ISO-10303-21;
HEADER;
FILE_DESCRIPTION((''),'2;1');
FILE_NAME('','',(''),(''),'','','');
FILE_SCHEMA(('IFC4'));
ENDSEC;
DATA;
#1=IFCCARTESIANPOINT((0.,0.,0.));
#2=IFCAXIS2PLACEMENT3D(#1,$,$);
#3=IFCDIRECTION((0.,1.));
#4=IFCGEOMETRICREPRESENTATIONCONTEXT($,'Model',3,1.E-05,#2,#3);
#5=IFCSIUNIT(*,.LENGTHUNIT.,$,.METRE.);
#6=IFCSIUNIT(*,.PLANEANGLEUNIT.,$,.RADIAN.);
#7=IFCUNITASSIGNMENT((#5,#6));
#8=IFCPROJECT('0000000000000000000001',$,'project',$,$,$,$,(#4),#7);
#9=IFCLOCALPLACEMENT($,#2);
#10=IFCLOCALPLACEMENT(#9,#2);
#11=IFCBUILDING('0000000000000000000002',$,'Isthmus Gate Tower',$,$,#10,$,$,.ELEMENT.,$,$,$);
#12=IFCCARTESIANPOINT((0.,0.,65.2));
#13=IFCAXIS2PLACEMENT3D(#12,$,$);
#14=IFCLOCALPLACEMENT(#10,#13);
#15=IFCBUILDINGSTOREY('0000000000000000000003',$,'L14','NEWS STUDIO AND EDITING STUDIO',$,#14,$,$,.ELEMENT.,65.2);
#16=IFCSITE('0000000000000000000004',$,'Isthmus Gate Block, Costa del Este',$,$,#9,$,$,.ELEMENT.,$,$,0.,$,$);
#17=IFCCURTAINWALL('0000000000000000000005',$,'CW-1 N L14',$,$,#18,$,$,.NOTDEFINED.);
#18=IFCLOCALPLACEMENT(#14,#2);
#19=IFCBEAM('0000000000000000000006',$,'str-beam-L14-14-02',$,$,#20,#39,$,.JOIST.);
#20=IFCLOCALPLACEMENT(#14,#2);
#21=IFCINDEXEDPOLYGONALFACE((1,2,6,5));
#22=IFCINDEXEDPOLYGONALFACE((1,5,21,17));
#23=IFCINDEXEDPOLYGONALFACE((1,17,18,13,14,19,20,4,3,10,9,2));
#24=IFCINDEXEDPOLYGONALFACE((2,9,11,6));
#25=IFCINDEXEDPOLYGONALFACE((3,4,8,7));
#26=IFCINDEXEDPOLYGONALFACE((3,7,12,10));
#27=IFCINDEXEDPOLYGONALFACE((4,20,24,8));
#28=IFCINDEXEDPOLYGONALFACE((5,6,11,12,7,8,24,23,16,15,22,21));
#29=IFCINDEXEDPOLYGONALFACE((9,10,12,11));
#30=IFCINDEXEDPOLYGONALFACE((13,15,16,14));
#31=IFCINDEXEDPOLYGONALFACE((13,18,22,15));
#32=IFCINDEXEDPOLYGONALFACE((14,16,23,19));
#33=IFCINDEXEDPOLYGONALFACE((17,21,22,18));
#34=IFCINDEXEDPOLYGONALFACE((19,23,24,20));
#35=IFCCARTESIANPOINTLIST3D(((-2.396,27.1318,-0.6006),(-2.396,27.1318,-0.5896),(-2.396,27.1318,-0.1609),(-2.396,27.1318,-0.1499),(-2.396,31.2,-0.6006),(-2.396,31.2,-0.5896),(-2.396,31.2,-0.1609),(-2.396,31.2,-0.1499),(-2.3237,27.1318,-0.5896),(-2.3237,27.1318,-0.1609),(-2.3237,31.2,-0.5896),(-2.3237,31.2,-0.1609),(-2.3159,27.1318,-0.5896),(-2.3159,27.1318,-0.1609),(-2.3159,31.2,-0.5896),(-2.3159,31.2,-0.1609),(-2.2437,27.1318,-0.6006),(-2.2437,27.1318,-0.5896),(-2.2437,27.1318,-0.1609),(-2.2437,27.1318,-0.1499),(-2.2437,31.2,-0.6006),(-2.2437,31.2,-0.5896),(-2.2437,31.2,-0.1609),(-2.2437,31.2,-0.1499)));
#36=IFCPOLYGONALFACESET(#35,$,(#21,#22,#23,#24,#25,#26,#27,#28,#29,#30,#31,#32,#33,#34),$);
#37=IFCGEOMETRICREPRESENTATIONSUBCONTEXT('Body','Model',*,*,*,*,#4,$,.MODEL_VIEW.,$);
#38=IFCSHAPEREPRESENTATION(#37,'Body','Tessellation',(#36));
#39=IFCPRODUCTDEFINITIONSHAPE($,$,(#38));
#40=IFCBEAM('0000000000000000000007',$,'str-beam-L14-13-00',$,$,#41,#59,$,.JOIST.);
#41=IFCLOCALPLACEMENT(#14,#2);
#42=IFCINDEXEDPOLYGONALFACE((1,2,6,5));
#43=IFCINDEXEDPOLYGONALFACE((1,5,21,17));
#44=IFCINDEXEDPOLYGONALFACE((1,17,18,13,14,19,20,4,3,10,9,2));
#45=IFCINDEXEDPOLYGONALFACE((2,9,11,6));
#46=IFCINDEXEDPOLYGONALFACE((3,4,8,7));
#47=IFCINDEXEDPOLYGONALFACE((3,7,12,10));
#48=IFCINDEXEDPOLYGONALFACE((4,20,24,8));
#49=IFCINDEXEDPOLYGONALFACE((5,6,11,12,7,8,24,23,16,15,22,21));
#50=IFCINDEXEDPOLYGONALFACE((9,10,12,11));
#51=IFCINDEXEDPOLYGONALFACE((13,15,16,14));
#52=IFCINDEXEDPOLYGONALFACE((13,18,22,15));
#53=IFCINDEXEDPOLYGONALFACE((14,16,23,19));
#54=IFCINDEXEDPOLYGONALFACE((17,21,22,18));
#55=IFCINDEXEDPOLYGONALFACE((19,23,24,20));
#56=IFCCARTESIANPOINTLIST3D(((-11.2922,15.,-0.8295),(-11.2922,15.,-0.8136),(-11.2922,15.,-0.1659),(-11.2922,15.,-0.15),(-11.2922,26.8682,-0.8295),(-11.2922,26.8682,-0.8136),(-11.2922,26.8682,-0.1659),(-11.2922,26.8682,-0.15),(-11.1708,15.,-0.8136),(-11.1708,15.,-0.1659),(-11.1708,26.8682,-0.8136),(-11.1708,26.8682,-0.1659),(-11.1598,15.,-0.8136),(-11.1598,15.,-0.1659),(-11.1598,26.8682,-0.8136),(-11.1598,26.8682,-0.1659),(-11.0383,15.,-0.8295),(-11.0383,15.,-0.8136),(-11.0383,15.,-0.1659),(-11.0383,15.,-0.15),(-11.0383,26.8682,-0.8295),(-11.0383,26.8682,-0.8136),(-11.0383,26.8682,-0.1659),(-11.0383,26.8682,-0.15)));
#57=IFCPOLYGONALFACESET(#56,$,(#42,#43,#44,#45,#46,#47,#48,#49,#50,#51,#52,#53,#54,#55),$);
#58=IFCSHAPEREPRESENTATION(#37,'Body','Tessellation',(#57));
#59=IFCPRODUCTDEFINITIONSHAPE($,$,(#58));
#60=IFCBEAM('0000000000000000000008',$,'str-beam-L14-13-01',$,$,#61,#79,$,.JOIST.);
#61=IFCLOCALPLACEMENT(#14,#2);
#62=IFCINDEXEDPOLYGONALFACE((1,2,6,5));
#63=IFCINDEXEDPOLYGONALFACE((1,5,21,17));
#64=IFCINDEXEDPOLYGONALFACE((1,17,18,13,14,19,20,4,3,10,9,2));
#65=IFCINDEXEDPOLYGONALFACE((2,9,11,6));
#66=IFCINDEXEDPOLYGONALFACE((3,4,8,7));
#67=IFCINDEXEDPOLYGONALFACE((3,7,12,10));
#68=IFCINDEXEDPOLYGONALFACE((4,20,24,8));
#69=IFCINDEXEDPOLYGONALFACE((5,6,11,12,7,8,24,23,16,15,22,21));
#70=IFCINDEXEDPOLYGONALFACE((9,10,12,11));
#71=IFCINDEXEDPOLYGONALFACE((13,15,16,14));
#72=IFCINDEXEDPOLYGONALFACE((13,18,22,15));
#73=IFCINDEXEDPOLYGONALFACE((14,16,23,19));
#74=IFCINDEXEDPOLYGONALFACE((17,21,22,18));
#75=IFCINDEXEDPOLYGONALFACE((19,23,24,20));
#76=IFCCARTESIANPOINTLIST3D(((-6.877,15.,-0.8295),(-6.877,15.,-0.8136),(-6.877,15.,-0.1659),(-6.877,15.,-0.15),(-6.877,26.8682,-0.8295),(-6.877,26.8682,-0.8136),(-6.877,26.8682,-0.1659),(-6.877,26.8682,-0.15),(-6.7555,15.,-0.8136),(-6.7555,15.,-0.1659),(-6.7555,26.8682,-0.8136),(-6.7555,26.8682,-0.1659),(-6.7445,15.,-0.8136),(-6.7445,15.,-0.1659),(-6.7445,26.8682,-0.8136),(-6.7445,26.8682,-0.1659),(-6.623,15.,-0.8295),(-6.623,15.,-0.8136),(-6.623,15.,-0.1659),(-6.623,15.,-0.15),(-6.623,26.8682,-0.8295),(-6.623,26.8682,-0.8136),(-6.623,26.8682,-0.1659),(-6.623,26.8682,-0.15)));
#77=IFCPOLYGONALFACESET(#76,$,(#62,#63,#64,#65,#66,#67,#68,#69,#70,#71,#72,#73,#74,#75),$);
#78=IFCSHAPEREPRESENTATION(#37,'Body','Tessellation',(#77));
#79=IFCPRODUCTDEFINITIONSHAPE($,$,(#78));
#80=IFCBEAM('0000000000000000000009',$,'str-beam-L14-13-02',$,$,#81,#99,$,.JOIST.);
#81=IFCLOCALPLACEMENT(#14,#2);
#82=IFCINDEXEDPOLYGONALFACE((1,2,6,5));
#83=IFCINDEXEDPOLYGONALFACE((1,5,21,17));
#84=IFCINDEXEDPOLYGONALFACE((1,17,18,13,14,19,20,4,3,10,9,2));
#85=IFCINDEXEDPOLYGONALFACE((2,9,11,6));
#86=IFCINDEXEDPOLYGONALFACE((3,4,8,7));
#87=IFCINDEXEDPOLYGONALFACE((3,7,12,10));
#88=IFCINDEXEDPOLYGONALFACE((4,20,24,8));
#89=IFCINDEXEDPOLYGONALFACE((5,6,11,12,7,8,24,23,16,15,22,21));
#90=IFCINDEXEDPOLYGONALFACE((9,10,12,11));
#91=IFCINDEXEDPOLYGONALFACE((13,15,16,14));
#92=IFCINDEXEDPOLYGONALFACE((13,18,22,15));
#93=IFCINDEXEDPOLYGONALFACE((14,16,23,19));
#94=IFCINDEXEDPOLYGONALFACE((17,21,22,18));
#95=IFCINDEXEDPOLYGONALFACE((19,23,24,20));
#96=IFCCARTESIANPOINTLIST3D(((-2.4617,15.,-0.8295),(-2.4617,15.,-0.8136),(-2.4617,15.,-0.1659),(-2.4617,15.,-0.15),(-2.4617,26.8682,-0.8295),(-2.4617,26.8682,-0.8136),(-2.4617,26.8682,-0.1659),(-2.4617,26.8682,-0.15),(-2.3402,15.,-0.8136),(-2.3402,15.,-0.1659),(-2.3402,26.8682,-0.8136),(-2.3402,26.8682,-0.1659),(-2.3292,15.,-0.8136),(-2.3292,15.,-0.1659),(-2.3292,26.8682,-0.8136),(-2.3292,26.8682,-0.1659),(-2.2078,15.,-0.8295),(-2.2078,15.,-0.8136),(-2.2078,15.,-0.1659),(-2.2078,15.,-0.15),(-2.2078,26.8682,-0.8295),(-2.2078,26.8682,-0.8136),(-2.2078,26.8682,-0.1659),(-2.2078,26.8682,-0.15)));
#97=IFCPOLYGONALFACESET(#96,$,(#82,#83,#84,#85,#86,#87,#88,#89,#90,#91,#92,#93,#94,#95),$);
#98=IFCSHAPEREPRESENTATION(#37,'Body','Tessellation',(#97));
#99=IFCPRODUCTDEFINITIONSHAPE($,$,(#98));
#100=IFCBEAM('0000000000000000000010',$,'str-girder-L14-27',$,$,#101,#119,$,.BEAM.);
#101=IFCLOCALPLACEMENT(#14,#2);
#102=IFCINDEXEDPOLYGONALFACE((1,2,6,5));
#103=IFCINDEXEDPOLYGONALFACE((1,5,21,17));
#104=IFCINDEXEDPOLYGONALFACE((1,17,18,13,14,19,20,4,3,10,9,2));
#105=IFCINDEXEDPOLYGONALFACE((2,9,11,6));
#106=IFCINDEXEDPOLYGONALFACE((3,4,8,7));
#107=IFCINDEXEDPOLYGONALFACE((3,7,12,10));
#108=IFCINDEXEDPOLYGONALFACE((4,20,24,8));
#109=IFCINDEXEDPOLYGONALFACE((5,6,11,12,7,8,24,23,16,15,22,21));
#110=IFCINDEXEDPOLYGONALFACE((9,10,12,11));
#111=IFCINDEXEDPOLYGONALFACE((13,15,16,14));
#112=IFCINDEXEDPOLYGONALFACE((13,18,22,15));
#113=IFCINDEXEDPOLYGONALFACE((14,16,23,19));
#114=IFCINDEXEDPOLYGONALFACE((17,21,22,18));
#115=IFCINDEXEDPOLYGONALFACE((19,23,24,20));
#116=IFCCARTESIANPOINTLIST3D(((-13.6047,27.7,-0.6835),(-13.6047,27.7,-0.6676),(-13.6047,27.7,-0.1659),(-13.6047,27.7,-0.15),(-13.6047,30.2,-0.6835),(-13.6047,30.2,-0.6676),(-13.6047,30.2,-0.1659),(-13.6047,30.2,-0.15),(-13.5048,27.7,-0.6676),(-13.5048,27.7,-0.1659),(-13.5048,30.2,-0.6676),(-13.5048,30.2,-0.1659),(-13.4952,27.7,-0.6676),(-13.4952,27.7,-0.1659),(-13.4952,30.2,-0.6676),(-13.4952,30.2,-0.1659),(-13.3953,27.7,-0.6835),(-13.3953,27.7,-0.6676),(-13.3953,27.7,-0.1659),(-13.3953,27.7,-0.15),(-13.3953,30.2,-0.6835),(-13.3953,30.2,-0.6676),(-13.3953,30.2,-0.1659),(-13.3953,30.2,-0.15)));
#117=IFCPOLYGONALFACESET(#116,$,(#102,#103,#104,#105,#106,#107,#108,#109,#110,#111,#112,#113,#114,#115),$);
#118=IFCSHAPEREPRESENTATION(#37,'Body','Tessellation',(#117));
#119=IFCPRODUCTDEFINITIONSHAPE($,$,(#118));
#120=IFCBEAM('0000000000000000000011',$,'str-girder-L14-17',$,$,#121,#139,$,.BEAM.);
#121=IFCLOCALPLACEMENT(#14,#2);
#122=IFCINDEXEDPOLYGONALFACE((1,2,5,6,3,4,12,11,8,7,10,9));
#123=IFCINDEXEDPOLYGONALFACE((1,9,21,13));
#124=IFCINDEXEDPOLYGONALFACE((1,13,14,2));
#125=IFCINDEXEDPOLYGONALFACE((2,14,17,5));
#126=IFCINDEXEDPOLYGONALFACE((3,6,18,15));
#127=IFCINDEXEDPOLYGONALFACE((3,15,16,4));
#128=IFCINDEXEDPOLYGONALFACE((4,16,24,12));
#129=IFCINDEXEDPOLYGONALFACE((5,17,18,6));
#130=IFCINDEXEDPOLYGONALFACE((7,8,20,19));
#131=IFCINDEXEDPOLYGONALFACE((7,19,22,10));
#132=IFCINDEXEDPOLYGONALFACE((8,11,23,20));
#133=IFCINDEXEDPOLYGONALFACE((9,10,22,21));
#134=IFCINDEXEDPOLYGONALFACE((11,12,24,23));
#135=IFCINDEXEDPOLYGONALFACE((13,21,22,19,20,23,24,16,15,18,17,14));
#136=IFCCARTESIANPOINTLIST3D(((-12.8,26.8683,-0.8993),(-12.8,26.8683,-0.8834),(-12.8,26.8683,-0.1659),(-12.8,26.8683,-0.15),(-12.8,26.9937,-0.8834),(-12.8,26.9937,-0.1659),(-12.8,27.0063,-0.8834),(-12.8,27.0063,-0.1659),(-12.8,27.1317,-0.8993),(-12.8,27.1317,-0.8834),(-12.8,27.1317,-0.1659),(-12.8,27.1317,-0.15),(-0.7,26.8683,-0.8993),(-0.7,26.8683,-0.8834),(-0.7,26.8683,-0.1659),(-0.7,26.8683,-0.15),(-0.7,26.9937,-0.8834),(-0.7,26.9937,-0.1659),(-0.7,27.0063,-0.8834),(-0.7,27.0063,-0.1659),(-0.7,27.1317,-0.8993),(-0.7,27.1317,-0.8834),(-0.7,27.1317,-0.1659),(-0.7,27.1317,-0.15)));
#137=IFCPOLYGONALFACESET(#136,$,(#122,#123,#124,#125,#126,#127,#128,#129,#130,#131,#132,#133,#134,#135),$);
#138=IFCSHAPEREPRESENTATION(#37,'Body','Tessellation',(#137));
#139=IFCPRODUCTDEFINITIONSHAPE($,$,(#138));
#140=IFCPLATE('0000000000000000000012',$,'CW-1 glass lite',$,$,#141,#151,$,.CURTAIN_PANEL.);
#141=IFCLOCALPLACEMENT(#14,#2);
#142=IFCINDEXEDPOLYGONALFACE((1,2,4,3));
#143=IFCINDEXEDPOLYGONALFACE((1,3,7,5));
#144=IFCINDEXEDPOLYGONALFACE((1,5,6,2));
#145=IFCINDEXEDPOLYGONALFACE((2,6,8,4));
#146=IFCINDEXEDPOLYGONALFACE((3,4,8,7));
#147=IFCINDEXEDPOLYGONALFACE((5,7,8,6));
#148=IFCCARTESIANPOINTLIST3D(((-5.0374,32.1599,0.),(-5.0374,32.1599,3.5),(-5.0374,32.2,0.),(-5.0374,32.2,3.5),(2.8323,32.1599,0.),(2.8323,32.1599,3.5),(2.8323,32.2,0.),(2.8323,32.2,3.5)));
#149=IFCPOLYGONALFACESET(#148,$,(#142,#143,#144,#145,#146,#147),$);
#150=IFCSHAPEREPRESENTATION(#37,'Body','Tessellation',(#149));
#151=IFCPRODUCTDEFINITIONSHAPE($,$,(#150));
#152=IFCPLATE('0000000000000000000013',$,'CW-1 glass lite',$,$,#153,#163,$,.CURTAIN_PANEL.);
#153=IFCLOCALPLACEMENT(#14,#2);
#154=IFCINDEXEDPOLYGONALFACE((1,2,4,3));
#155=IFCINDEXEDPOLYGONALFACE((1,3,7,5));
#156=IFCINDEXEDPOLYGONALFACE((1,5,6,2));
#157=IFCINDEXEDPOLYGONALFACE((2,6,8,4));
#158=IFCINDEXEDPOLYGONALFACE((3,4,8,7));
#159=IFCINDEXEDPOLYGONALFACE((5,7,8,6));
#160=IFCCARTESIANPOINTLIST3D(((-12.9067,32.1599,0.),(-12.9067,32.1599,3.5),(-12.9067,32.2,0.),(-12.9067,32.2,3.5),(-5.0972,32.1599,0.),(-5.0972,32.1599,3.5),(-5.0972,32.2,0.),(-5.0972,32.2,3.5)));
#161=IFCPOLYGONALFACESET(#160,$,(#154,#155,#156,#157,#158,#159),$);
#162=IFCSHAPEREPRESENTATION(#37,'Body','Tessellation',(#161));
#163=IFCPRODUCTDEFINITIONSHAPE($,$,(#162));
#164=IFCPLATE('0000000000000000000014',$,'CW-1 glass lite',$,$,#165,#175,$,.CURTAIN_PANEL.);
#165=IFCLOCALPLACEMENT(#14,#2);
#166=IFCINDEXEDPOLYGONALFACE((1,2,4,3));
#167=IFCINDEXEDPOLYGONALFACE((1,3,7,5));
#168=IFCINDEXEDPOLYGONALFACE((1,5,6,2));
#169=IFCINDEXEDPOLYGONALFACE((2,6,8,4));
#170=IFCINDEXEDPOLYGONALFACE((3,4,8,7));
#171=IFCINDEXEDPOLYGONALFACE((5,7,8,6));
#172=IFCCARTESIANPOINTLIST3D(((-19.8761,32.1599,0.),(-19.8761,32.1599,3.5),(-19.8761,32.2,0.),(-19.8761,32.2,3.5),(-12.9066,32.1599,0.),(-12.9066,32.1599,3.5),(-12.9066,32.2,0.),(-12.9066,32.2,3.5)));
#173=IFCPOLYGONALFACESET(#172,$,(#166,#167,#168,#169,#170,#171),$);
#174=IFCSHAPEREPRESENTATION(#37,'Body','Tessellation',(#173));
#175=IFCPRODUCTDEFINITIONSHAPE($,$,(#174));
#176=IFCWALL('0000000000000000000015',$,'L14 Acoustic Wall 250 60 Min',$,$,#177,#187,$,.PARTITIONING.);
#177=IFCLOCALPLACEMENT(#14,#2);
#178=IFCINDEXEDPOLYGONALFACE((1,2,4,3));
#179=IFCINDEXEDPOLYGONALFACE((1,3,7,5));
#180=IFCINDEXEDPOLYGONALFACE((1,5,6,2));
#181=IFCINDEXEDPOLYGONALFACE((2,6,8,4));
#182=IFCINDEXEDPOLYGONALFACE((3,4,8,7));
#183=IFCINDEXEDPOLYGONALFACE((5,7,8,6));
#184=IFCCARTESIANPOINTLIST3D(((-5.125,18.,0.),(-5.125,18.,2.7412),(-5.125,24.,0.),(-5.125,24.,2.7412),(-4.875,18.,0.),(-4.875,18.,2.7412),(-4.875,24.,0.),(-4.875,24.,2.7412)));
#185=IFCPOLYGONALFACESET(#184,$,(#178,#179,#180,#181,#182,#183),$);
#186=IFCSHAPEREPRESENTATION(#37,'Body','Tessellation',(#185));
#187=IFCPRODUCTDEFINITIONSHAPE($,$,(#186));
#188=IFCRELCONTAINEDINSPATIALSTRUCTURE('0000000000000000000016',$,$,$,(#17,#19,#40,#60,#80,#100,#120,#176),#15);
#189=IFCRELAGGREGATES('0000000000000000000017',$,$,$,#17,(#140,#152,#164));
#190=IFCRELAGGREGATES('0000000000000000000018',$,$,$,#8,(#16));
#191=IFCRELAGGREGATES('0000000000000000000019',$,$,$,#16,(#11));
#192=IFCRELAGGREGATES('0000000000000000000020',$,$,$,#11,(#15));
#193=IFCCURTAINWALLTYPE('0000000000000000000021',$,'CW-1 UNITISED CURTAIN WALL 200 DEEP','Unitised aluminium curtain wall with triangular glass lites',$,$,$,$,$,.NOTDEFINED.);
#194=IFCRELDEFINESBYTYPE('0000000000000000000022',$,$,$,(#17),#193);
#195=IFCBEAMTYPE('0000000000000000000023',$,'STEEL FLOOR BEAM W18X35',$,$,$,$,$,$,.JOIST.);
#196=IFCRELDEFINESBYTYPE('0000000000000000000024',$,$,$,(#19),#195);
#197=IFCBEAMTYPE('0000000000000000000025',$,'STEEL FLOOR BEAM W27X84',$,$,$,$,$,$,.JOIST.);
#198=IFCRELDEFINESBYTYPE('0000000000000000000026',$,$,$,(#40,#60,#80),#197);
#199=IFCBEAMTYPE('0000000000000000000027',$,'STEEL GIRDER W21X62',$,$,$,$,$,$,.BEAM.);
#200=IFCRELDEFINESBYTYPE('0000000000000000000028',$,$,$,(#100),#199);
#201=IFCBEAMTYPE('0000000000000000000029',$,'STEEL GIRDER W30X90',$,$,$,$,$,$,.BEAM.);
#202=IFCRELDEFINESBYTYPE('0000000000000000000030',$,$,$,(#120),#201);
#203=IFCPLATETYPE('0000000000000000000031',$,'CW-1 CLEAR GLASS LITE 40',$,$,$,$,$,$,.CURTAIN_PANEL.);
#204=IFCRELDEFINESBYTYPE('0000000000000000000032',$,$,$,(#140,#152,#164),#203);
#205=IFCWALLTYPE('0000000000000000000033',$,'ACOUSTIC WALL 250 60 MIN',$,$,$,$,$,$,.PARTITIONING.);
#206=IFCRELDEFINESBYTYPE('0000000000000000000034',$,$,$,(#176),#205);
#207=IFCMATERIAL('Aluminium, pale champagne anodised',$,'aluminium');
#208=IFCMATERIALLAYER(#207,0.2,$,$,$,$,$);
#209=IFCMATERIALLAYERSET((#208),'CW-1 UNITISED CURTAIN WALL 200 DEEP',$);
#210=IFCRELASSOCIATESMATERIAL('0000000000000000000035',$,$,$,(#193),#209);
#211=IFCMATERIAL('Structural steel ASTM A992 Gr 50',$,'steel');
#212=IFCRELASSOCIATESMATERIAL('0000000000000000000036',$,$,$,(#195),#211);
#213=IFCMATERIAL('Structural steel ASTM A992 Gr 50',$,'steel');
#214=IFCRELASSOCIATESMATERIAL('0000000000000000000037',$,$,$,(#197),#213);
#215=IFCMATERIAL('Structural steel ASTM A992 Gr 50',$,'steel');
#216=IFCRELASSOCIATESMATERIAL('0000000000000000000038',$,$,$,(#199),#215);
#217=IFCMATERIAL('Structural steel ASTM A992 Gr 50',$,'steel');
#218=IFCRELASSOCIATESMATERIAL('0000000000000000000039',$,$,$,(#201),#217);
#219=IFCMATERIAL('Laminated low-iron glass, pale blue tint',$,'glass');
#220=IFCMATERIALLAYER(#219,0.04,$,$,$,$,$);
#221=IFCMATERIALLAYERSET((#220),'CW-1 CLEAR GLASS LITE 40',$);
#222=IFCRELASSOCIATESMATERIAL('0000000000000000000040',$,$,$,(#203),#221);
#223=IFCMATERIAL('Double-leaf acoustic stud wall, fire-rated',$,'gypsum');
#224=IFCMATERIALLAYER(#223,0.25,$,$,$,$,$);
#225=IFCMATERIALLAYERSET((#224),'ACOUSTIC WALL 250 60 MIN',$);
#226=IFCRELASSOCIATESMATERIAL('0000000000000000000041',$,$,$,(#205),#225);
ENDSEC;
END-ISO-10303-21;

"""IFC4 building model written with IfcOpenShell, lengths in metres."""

from ifc_helpers import new_model, si_unit, direction, frame, frame_2d, origin, origin_2d, place, context, subcontext, project, spatial, rectangle, i_section, extrude, material, layer, layer_set, material_profile, profile_set, type_object, element, aggregate, save


model = new_model("IFC4")

# Units and contexts
model_context = context("Model", 3, precision=1e-05, world=origin(), true_north=direction((0.0, 1.0)))
body_context = subcontext(model_context, "Body", "Model", "MODEL_VIEW")
ifc_project = project(units=[si_unit("LENGTHUNIT", "METRE"), si_unit("PLANEANGLEUNIT", "RADIAN")], contexts=[model_context])

# Site, building, storey
site_placement = place(None, origin())
site = spatial("IfcSite", under=ifc_project, at=site_placement, Name="Isthmus Gate Block, Costa del Este", CompositionType="ELEMENT", RefElevation=0.0)
building_placement = place(site_placement, origin())
building = spatial("IfcBuilding", under=site, at=building_placement, Name="Isthmus Gate Tower", CompositionType="ELEMENT")
storey_placement = place(building_placement, frame((0.0, 0.0, 65.2)))
storey = spatial("IfcBuildingStorey", under=building, at=storey_placement, Name="L14", Description="NEWS STUDIO AND EDITING STUDIO", CompositionType="ELEMENT", Elevation=65.2)

# Curtain wall
ifc_material_1 = material(Name="Aluminium, pale champagne anodised", Category="aluminium")
ifc_layer_1 = layer(ifc_material_1, 0.2)
ifc_layer_set_1 = layer_set([ifc_layer_1], Name="CW-1 UNITISED CURTAIN WALL 200 DEEP")
curtain_wall_type = type_object("IfcCurtainWallType", Name="CW-1 UNITISED CURTAIN WALL 200 DEEP", Description="Unitised aluminium curtain wall with triangular glass lites", PredefinedType="NOTDEFINED", material=ifc_layer_set_1)
curtain_wall_placement = place(storey_placement, origin())
curtain_wall = element("IfcCurtainWall", 1, at=curtain_wall_placement, inside=storey, type_object=curtain_wall_type, Name="CW-1 N L14", PredefinedType="NOTDEFINED")

# Beams
ifc_material_2 = material(Name="Structural steel ASTM A992 Gr 50", Category="steel")
ifc_material_profile_1 = material_profile(ifc_material_2, i_section(OverallWidth=0.1523, OverallDepth=0.4507, WebThickness=0.0078, FlangeThickness=0.011, at=origin_2d()), Name="W18X35")
ifc_profile_set_1 = profile_set([ifc_material_profile_1], Name="Structural steel ASTM A992 Gr 50")
beam_type_1 = type_object("IfcBeamType", Name="STEEL FLOOR BEAM W18X35", PredefinedType="JOIST", material=ifc_profile_set_1)
for number, where, z_axis, x_axis, name in (
    (2, (-2.3198, 27.1318, -0.3752), (0.0, 1.0, 0.0), (-1.0, 0.0, 0.0), "str-beam-L14-14-02"),
):
    element("IfcBeam", number, at=place(storey_placement, frame(where, z_axis=z_axis, x_axis=x_axis)), inside=storey, type_object=beam_type_1, Name=name, PredefinedType="JOIST", context=body_context, shape_type="SweptSolid", body=[
        extrude(i_section(OverallWidth=0.1523, OverallDepth=0.4507, WebThickness=0.0078, FlangeThickness=0.011, at=origin_2d()), origin(), (0.0, 0.0, 1.0), 4.0681),
    ])
ifc_material_3 = material(Name="Structural steel ASTM A992 Gr 50", Category="steel")
ifc_material_profile_2 = material_profile(ifc_material_3, i_section(OverallWidth=0.2539, OverallDepth=0.6794, WebThickness=0.011, FlangeThickness=0.0159, at=origin_2d()), Name="W27X84")
ifc_profile_set_2 = profile_set([ifc_material_profile_2], Name="Structural steel ASTM A992 Gr 50")
beam_type_2 = type_object("IfcBeamType", Name="STEEL FLOOR BEAM W27X84", PredefinedType="JOIST", material=ifc_profile_set_2)
for number, where, z_axis, x_axis, name in (
    (3, (-11.1653, 15.0, -0.4897), (0.0, 1.0, 0.0), (-1.0, 0.0, 0.0), "str-beam-L14-13-00"),
    (4, (-6.75, 15.0, -0.4897), (0.0, 1.0, 0.0), (-1.0, 0.0, 0.0), "str-beam-L14-13-01"),
    (5, (-2.3347, 15.0, -0.4897), (0.0, 1.0, 0.0), (-1.0, 0.0, 0.0), "str-beam-L14-13-02"),
):
    element("IfcBeam", number, at=place(storey_placement, frame(where, z_axis=z_axis, x_axis=x_axis)), inside=storey, type_object=beam_type_2, Name=name, PredefinedType="JOIST", context=body_context, shape_type="SweptSolid", body=[
        extrude(i_section(OverallWidth=0.2539, OverallDepth=0.6794, WebThickness=0.011, FlangeThickness=0.0159, at=origin_2d()), origin(), (0.0, 0.0, 1.0), 11.8682),
    ])
ifc_material_4 = material(Name="Structural steel ASTM A992 Gr 50", Category="steel")
ifc_material_profile_3 = material_profile(ifc_material_4, i_section(OverallWidth=0.2095, OverallDepth=0.5334, WebThickness=0.0095, FlangeThickness=0.0159, at=origin_2d()), Name="W21X62")
ifc_profile_set_3 = profile_set([ifc_material_profile_3], Name="Structural steel ASTM A992 Gr 50")
beam_type_3 = type_object("IfcBeamType", Name="STEEL GIRDER W21X62", PredefinedType="BEAM", material=ifc_profile_set_3)
beam_1_placement = place(storey_placement, frame((-13.5, 27.7, -0.4167), z_axis=(0.0, 1.0, 0.0), x_axis=(-1.0, 0.0, 0.0)))
element("IfcBeam", 6, at=beam_1_placement, inside=storey, type_object=beam_type_3, Name="str-girder-L14-27", PredefinedType="BEAM", context=body_context, shape_type="SweptSolid", body=[
    extrude(i_section(OverallWidth=0.2095, OverallDepth=0.5334, WebThickness=0.0095, FlangeThickness=0.0159, at=origin_2d()), origin(), (0.0, 0.0, 1.0), 2.5),
])
ifc_material_5 = material(Name="Structural steel ASTM A992 Gr 50", Category="steel")
ifc_material_profile_4 = material_profile(ifc_material_5, i_section(OverallWidth=0.2634, OverallDepth=0.7493, WebThickness=0.0127, FlangeThickness=0.0159, at=origin_2d()), Name="W30X90")
ifc_profile_set_4 = profile_set([ifc_material_profile_4], Name="Structural steel ASTM A992 Gr 50")
beam_type_4 = type_object("IfcBeamType", Name="STEEL GIRDER W30X90", PredefinedType="BEAM", material=ifc_profile_set_4)
beam_2_placement = place(storey_placement, frame((-12.8, 27.0, -0.5247), z_axis=(1.0, 0.0, 0.0), x_axis=(0.0, 1.0, 0.0)))
element("IfcBeam", 7, at=beam_2_placement, inside=storey, type_object=beam_type_4, Name="str-girder-L14-17", PredefinedType="BEAM", context=body_context, shape_type="SweptSolid", body=[
    extrude(i_section(OverallWidth=0.2634, OverallDepth=0.7493, WebThickness=0.0127, FlangeThickness=0.0159, at=origin_2d()), origin(), (0.0, 0.0, 1.0), 12.1001),
])

# Plates
ifc_material_6 = material(Name="Laminated low-iron glass, pale blue tint", Category="glass")
ifc_layer_2 = layer(ifc_material_6, 0.04)
ifc_layer_set_2 = layer_set([ifc_layer_2], Name="CW-1 CLEAR GLASS LITE 40")
plate_type = type_object("IfcPlateType", Name="CW-1 CLEAR GLASS LITE 40", PredefinedType="CURTAIN_PANEL", material=ifc_layer_set_2)
plate_1_placement = place(storey_placement, frame((-1.1025, 32.1799, 0.0), z_axis=(0.0, 0.0, 1.0), x_axis=(-1.0, 0.0, 0.0)))
plate_1 = element("IfcPlate", 8, at=plate_1_placement, type_object=plate_type, Name="CW-1 glass lite", PredefinedType="CURTAIN_PANEL", context=body_context, shape_type="SweptSolid", body=[
    extrude(rectangle(XDim=7.8696, YDim=0.04, at=origin_2d()), origin(), (0.0, 0.0, 1.0), 3.5),
])
plate_2_placement = place(storey_placement, frame((-9.002, 32.1799, 0.0), z_axis=(0.0, 0.0, 1.0), x_axis=(-1.0, 0.0, 0.0)))
plate_2 = element("IfcPlate", 9, at=plate_2_placement, type_object=plate_type, Name="CW-1 glass lite", PredefinedType="CURTAIN_PANEL", context=body_context, shape_type="SweptSolid", body=[
    extrude(rectangle(XDim=7.8096, YDim=0.04, at=origin_2d()), origin(), (0.0, 0.0, 1.0), 3.5),
])
plate_3_placement = place(storey_placement, frame((-16.3914, 32.1799, 0.0), z_axis=(0.0, 0.0, 1.0), x_axis=(-1.0, 0.0, 0.0)))
plate_3 = element("IfcPlate", 10, at=plate_3_placement, type_object=plate_type, Name="CW-1 glass lite", PredefinedType="CURTAIN_PANEL", context=body_context, shape_type="SweptSolid", body=[
    extrude(rectangle(XDim=6.9695, YDim=0.04, at=origin_2d()), origin(), (0.0, 0.0, 1.0), 3.5),
])
aggregate(curtain_wall, [plate_1, plate_2, plate_3])

# Wall
ifc_material_7 = material(Name="Double-leaf acoustic stud wall, fire-rated", Category="gypsum")
ifc_layer_3 = layer(ifc_material_7, 0.25)
ifc_layer_set_3 = layer_set([ifc_layer_3], Name="ACOUSTIC WALL 250 60 MIN")
wall_type_1 = type_object("IfcWallType", Name="ACOUSTIC WALL 250 60 MIN", PredefinedType="PARTITIONING", material=ifc_layer_set_3)
wall_1_placement = place(storey_placement, frame((-5.0, 24.0, 0.0), z_axis=(0.0, 0.0, 1.0), x_axis=(0.0, -1.0, 0.0)))
element("IfcWall", 11, at=wall_1_placement, inside=storey, type_object=wall_type_1, Name="L14 Acoustic Wall 250 60 Min", PredefinedType="PARTITIONING", context=body_context, shape_type="SweptSolid", body=[
    extrude(rectangle(XDim=6.0, YDim=0.25, at=frame_2d((3.0, 0.0))), origin(), (0.0, 0.0, 1.0), 2.7412),
])

save(model, "model.ifc")
